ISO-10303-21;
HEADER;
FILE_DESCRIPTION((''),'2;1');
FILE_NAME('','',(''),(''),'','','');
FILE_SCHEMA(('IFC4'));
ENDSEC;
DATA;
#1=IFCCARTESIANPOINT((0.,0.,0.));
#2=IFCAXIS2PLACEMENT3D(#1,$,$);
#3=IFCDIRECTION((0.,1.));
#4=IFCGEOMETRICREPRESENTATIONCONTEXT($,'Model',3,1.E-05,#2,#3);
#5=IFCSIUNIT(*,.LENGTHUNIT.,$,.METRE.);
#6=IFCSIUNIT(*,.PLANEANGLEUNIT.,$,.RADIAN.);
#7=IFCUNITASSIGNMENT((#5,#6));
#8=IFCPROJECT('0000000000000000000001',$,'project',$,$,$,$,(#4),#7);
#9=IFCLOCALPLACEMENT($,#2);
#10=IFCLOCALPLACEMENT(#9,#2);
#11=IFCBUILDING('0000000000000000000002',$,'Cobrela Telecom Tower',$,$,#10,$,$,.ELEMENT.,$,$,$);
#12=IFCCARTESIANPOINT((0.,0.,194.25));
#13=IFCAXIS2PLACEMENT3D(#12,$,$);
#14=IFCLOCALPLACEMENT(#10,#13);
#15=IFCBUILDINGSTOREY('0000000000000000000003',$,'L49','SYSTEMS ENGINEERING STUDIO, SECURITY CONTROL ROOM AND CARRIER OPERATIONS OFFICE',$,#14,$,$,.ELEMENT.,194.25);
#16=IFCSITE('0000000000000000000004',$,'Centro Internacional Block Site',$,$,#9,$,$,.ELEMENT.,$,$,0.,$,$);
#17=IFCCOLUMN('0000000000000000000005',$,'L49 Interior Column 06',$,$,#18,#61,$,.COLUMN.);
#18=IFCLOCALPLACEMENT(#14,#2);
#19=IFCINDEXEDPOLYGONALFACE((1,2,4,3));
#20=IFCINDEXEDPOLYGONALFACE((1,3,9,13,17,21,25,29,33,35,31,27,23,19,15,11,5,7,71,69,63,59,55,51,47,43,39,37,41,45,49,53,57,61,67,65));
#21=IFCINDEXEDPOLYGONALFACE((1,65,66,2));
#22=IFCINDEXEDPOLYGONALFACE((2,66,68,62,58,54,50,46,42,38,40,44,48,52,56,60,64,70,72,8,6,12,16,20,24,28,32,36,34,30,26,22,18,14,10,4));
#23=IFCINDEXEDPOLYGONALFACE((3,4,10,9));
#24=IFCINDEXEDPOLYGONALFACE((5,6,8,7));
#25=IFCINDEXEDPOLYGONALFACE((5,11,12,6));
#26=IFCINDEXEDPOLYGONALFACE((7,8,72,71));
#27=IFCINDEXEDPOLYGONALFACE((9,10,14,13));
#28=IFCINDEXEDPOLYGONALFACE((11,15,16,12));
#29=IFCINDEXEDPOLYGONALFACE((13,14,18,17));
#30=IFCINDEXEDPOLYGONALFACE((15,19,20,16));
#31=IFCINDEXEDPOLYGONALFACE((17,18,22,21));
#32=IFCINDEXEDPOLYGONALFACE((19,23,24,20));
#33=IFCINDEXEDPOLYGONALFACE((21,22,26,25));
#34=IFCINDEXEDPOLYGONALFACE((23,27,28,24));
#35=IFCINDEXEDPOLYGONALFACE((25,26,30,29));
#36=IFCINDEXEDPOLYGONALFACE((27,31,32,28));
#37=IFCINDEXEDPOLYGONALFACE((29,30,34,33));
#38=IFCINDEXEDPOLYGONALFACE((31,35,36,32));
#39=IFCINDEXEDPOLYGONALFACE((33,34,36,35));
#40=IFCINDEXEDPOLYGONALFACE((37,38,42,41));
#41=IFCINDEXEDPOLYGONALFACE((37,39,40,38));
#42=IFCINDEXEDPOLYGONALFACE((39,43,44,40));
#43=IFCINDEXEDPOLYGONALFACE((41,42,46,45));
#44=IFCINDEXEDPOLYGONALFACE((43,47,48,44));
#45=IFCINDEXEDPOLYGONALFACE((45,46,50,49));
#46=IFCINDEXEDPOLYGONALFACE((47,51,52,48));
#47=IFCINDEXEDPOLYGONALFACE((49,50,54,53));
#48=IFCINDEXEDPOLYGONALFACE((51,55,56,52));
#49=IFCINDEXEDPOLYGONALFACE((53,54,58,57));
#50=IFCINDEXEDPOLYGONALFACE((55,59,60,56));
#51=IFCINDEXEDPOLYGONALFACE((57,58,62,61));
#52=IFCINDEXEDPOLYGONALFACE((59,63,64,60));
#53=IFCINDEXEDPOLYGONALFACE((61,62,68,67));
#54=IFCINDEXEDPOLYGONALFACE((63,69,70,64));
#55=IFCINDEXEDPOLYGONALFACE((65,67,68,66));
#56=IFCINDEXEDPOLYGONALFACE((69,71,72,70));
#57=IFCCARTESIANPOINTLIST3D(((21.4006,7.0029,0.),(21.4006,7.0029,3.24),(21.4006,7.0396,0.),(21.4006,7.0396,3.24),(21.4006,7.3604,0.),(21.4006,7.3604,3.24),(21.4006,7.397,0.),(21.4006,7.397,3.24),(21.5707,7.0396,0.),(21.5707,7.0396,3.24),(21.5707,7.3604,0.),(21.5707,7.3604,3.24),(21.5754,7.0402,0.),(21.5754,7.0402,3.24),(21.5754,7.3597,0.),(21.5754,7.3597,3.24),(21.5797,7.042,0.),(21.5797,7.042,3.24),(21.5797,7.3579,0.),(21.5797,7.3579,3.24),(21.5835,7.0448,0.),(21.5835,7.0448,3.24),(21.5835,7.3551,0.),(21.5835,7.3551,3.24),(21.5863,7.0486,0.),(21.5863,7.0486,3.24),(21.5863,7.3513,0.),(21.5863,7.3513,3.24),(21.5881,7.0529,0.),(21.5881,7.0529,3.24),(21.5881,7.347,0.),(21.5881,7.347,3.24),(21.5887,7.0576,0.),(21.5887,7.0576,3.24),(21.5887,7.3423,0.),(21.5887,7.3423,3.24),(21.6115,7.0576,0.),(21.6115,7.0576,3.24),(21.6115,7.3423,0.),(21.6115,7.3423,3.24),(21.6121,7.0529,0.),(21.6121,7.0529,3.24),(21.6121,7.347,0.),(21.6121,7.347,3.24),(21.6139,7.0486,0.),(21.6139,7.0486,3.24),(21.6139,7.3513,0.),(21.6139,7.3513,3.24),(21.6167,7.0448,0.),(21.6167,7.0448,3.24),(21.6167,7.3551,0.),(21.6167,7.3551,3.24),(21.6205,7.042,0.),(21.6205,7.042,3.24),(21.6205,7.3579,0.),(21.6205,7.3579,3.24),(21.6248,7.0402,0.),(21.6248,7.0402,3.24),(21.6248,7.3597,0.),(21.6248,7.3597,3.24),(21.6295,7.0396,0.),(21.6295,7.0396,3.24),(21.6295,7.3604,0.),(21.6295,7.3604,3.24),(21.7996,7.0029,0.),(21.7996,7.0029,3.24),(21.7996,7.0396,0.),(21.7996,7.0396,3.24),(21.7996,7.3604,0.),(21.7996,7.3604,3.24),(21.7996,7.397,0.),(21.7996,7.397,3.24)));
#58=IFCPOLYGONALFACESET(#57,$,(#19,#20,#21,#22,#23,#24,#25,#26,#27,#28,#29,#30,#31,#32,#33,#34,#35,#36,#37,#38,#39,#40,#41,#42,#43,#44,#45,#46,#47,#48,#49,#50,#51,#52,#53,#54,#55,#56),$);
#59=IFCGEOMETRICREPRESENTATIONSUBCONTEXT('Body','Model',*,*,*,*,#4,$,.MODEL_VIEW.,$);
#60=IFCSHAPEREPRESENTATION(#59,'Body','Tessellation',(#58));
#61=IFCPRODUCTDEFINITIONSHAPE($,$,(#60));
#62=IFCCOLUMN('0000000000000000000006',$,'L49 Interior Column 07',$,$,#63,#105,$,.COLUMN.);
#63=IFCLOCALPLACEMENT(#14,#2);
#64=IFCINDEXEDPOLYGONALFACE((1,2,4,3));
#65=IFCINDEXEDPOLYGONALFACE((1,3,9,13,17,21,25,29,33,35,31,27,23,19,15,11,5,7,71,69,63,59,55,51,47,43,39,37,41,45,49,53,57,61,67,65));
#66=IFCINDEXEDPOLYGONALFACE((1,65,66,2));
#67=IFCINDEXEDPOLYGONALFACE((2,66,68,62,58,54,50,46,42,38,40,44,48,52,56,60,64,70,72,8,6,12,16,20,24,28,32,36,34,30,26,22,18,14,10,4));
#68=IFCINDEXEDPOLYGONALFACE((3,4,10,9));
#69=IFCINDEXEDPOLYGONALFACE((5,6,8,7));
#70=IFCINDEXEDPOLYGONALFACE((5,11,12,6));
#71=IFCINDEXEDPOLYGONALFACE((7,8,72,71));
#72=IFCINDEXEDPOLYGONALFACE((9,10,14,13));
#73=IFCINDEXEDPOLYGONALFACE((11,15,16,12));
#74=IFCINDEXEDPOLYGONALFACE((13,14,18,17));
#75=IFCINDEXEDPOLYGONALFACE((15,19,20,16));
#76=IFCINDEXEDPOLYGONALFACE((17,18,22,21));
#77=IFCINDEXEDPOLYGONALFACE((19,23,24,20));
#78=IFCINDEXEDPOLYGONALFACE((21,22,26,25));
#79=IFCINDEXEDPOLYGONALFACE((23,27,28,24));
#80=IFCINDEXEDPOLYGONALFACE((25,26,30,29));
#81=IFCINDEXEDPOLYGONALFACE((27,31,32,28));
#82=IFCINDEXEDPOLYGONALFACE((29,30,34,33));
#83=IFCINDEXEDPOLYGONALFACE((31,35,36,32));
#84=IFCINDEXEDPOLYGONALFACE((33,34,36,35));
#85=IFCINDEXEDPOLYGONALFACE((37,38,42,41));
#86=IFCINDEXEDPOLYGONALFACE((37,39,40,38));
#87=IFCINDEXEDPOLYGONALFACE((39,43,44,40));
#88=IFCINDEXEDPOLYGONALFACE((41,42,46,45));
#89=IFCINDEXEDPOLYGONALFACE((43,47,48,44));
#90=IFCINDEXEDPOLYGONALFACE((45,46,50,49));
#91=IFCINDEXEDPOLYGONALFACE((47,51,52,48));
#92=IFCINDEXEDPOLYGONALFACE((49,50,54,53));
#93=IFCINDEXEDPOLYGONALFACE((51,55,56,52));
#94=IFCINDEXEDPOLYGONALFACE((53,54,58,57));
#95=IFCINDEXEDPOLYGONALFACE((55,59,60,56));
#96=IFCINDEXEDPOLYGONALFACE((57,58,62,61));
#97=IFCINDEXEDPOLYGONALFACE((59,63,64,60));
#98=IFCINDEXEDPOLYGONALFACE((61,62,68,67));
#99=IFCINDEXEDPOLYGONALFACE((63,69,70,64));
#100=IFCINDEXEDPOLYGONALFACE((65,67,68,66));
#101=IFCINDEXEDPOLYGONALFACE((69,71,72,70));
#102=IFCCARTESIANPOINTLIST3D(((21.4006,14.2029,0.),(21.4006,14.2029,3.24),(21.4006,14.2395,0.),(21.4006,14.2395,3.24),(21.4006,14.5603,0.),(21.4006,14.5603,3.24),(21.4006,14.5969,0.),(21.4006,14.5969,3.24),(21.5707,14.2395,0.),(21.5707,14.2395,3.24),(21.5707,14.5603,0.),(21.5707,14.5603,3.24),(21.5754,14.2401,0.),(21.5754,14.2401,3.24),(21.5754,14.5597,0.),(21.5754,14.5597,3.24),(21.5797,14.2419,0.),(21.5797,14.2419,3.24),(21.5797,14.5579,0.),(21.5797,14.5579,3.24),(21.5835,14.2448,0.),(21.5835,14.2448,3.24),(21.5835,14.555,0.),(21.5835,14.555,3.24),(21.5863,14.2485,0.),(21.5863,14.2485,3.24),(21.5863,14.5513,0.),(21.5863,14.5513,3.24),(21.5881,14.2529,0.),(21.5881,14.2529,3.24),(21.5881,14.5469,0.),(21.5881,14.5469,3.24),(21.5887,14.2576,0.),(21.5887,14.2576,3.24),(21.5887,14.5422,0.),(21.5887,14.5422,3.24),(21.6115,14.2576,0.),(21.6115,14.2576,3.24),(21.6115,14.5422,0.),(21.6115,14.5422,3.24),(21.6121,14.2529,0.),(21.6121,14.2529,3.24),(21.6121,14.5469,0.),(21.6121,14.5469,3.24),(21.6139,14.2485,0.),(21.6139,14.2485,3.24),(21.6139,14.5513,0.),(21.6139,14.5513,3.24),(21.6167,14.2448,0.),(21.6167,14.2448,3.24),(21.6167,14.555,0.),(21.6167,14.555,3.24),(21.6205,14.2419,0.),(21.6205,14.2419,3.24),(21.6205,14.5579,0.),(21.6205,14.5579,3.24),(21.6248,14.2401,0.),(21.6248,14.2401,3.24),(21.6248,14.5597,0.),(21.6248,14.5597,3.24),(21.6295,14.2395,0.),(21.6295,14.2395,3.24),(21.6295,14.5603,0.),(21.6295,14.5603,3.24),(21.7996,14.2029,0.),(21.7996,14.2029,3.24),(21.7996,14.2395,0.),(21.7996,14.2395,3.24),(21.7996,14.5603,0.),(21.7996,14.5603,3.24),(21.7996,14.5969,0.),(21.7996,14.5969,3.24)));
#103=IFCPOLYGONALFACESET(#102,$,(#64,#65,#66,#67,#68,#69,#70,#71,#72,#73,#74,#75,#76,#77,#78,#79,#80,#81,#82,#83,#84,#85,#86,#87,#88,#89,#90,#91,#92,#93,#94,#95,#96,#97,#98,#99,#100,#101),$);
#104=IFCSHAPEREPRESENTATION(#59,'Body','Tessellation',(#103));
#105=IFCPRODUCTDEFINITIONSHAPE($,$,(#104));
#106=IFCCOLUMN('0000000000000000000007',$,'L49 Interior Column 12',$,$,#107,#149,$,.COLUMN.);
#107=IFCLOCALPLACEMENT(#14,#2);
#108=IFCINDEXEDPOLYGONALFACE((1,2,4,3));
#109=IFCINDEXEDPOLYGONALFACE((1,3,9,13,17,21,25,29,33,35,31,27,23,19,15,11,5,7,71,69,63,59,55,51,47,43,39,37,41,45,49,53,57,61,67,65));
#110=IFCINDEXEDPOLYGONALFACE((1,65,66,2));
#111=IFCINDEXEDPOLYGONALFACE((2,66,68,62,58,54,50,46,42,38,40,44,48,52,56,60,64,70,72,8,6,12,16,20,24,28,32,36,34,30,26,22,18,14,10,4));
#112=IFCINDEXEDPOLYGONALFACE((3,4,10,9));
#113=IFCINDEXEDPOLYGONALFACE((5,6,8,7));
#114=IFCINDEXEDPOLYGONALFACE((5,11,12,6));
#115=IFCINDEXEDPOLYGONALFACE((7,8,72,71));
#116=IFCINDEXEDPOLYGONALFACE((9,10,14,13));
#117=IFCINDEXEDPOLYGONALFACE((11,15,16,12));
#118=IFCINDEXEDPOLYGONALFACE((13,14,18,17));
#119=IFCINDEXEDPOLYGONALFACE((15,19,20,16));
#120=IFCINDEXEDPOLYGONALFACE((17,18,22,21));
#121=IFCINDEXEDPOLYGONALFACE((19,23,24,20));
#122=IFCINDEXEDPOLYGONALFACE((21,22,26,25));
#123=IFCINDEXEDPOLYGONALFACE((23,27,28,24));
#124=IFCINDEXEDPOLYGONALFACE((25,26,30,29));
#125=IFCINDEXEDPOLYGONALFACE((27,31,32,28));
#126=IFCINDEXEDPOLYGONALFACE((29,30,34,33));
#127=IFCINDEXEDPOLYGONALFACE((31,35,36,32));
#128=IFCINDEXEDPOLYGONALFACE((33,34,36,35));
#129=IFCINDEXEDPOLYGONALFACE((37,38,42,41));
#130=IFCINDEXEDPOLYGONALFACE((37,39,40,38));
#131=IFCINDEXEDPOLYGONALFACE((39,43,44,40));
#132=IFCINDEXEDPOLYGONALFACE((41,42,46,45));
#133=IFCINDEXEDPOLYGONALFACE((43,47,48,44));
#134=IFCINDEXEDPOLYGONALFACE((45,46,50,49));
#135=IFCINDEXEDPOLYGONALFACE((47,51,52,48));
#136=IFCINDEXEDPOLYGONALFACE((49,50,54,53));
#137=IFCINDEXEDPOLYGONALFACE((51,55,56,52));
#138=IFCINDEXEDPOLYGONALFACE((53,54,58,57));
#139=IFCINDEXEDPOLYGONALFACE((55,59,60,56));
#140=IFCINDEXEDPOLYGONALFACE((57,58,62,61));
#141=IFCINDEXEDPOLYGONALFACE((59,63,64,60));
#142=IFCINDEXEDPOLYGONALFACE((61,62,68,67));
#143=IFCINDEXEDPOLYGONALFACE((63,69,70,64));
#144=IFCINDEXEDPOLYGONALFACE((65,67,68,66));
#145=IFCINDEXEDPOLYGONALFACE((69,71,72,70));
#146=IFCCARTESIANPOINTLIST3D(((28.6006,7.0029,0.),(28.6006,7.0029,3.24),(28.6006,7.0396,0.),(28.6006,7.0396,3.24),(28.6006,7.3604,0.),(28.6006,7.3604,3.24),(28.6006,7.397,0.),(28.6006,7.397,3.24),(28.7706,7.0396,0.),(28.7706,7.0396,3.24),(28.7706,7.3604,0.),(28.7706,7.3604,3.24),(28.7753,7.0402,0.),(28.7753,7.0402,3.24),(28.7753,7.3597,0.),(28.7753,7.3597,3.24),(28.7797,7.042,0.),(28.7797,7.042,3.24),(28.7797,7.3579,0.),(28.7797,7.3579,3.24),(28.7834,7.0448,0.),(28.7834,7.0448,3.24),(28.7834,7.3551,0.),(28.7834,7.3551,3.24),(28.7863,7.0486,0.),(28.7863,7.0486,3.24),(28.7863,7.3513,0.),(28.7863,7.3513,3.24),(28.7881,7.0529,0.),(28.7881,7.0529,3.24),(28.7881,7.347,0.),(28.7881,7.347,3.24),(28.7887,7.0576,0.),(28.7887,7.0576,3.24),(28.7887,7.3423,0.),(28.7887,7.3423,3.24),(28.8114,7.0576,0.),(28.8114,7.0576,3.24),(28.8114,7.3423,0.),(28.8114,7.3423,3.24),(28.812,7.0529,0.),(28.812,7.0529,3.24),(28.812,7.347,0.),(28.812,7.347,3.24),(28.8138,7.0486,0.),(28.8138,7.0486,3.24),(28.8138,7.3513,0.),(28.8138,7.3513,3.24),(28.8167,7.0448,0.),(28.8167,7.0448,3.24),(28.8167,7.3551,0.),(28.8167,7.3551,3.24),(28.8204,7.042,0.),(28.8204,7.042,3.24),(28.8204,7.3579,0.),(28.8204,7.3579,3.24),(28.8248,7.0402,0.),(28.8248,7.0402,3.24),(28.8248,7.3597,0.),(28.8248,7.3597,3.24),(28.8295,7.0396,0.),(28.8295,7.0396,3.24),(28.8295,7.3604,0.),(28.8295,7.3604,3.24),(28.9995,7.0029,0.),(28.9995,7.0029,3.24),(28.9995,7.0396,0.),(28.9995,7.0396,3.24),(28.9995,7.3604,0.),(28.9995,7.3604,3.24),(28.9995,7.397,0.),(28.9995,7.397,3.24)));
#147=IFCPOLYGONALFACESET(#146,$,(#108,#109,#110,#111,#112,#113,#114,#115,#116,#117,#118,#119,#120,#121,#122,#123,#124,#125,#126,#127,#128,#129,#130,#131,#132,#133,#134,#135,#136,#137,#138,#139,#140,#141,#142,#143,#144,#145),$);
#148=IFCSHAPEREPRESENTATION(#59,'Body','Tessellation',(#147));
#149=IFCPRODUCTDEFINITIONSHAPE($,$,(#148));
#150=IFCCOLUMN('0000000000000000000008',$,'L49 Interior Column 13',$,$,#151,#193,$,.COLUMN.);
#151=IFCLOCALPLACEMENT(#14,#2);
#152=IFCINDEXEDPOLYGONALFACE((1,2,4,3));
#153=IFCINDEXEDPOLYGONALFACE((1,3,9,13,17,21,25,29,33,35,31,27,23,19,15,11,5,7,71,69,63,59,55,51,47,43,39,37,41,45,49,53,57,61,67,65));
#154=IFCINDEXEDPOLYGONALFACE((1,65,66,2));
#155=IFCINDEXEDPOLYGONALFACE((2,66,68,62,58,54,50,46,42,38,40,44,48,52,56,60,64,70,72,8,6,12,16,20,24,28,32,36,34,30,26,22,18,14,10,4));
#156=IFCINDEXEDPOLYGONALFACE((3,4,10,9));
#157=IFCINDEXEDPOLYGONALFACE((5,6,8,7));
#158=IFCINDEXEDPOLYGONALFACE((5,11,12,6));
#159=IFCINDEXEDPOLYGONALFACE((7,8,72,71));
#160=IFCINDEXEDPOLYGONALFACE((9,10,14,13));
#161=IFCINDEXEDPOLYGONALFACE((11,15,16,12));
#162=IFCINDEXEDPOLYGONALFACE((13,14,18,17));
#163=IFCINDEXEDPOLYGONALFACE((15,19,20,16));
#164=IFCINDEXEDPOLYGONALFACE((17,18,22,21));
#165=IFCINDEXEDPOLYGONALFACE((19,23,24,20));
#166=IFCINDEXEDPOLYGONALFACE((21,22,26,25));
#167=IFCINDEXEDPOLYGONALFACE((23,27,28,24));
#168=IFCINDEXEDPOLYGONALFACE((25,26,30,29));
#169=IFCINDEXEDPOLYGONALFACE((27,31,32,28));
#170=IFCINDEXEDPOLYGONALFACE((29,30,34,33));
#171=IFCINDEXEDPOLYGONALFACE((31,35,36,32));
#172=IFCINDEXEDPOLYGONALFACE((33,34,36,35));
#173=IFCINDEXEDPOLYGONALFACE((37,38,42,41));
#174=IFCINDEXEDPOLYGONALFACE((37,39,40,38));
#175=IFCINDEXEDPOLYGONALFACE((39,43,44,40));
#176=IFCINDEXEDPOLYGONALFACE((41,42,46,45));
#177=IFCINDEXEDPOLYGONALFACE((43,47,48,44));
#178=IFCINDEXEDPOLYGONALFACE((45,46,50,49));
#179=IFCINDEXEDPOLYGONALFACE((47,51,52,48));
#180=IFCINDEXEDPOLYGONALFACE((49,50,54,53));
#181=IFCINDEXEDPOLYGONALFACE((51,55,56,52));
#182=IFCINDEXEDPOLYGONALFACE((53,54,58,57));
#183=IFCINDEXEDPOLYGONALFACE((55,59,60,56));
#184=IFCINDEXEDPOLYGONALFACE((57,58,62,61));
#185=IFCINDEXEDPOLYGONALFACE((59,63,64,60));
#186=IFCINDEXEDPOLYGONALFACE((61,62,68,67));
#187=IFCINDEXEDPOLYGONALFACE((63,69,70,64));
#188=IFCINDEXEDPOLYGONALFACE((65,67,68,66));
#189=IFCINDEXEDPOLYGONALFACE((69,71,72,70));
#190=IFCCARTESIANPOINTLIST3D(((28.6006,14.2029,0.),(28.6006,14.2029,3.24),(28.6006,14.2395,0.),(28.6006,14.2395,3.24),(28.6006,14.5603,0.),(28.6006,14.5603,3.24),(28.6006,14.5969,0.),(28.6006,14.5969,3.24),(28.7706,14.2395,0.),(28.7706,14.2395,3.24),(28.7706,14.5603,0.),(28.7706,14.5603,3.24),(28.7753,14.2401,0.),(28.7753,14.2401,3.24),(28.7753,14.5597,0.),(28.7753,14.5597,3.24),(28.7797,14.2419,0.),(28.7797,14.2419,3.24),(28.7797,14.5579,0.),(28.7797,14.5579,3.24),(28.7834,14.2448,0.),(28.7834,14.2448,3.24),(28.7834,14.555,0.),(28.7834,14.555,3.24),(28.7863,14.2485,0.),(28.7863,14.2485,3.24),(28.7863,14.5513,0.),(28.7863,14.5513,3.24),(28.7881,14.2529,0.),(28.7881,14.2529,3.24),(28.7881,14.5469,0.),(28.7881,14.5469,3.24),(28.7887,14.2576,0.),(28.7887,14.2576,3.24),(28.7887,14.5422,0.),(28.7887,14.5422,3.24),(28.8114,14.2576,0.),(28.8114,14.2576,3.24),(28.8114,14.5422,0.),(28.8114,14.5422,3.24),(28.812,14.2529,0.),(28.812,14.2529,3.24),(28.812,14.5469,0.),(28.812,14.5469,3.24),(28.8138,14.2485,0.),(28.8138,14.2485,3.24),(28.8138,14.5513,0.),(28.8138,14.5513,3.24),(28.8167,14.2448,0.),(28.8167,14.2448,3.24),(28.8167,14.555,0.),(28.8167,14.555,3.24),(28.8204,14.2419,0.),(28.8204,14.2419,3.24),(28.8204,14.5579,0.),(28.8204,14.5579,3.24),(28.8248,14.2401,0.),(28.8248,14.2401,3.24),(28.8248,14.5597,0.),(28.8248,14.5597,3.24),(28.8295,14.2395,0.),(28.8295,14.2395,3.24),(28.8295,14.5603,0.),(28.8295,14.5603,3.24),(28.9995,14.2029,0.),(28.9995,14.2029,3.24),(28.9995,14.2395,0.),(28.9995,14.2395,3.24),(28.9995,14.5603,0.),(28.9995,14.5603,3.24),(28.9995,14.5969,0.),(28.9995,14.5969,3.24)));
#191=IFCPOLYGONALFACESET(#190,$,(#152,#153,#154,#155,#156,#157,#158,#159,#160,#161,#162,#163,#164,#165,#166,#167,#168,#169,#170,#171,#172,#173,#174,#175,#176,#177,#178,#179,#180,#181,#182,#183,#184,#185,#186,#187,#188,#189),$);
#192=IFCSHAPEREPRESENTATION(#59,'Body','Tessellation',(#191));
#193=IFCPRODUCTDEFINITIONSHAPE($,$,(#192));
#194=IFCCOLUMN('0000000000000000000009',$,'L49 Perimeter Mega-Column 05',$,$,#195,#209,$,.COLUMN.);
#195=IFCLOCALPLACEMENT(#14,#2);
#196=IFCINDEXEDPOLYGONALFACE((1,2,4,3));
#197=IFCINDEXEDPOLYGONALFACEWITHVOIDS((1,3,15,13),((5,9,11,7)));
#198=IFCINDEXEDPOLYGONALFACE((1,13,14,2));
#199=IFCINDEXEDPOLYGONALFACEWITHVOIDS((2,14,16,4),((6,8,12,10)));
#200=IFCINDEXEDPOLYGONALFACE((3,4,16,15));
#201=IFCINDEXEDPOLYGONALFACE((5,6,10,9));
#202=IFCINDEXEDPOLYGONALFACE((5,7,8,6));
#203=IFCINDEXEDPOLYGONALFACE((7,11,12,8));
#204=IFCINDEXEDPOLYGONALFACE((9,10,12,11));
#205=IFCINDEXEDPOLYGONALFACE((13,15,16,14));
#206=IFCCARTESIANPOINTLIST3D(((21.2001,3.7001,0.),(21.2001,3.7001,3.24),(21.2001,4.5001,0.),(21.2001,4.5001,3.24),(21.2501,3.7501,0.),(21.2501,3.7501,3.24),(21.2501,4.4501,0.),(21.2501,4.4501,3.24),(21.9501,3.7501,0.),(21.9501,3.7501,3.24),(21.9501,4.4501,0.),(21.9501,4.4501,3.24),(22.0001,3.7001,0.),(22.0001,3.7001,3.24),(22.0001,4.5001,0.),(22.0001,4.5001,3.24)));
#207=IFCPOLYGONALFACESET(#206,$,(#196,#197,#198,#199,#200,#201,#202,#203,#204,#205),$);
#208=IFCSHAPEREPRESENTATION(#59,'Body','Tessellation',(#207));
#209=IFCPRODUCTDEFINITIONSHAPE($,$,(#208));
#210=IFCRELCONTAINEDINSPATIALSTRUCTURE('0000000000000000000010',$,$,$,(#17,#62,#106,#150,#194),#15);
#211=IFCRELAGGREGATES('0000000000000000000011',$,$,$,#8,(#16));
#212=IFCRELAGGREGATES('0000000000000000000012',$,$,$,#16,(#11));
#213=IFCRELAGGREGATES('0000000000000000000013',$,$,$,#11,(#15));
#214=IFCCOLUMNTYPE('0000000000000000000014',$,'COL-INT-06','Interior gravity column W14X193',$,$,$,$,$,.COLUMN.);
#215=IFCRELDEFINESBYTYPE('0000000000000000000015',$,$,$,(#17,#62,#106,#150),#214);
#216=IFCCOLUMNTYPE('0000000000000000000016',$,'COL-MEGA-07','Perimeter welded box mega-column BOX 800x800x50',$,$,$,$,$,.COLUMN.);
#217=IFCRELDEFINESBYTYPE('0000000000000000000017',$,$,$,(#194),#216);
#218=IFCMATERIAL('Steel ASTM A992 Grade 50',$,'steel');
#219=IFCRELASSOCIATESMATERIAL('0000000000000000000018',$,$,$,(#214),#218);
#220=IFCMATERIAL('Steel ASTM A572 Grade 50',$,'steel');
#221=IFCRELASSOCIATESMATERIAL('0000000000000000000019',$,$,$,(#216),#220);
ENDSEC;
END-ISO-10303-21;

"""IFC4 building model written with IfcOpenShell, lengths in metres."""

from ifc_helpers import new_model, si_unit, direction, frame, origin, origin_2d, place, context, subcontext, project, spatial, hollow_rectangle, i_section, extrude, material, material_profile, profile_set, type_object, element, save


model = new_model("IFC4")

# Units and contexts
model_context = context("Model", 3, precision=1e-05, world=origin(), true_north=direction((0.0, 1.0)))
body_context = subcontext(model_context, "Body", "Model", "MODEL_VIEW")
ifc_project = project(units=[si_unit("LENGTHUNIT", "METRE"), si_unit("PLANEANGLEUNIT", "RADIAN")], contexts=[model_context])

# Site, building, storey
site_placement = place(None, origin())
site = spatial("IfcSite", under=ifc_project, at=site_placement, Name="Centro Internacional Block Site", CompositionType="ELEMENT", RefElevation=0.0)
building_placement = place(site_placement, origin())
building = spatial("IfcBuilding", under=site, at=building_placement, Name="Cobrela Telecom Tower", CompositionType="ELEMENT")
storey_placement = place(building_placement, frame((0.0, 0.0, 194.25)))
storey = spatial("IfcBuildingStorey", under=building, at=storey_placement, Name="L49", Description="SYSTEMS ENGINEERING STUDIO, SECURITY CONTROL ROOM AND CARRIER OPERATIONS OFFICE", CompositionType="ELEMENT", Elevation=194.25)

# Columns
ifc_material_1 = material(Name="Steel ASTM A992 Grade 50", Category="steel")
ifc_material_profile_1 = material_profile(ifc_material_1, i_section(OverallWidth=0.3989, OverallDepth=0.394, WebThickness=0.0227, FlangeThickness=0.0366, FilletRadius=0.0181, at=origin_2d()), Name="W14X193")
ifc_profile_set_1 = profile_set([ifc_material_profile_1], Name="Steel ASTM A992 Grade 50")
column_type_1 = type_object("IfcColumnType", Name="COL-INT-06", Description="Interior gravity column W14X193", PredefinedType="COLUMN", material=ifc_profile_set_1)
for number, where, z_axis, x_axis, name in (
    (1, (21.6001, 7.2, 0.0), (0.0, 0.0, 1.0), (1.0, 0.0, 0.0), "L49 Interior Column 06"),
    (2, (21.6001, 14.3999, 0.0), (0.0, 0.0, 1.0), (1.0, 0.0, 0.0), "L49 Interior Column 07"),
    (3, (28.8, 7.2, 0.0), (0.0, 0.0, 1.0), (1.0, 0.0, 0.0), "L49 Interior Column 12"),
    (4, (28.8, 14.3999, 0.0), (0.0, 0.0, 1.0), (1.0, 0.0, 0.0), "L49 Interior Column 13"),
):
    element("IfcColumn", number, at=place(storey_placement, frame(where, z_axis=z_axis, x_axis=x_axis)), inside=storey, type_object=column_type_1, Name=name, PredefinedType="COLUMN", context=body_context, shape_type="SweptSolid", body=[
        extrude(i_section(OverallWidth=0.3989, OverallDepth=0.394, WebThickness=0.0227, FlangeThickness=0.0366, FilletRadius=0.0181, at=origin_2d()), origin(), (0.0, 0.0, 1.0), 3.24),
    ])
ifc_material_2 = material(Name="Steel ASTM A572 Grade 50", Category="steel")
ifc_material_profile_2 = material_profile(ifc_material_2, hollow_rectangle(XDim=0.8, YDim=0.8, WallThickness=0.05, at=origin_2d()), Name="BOX 800x800x50")
ifc_profile_set_2 = profile_set([ifc_material_profile_2], Name="Steel ASTM A572 Grade 50")
column_type_2 = type_object("IfcColumnType", Name="COL-MEGA-07", Description="Perimeter welded box mega-column BOX 800x800x50", PredefinedType="COLUMN", material=ifc_profile_set_2)
for number, where, z_axis, x_axis, name in (
    (5, (21.6001, 4.1001, 0.0), (0.0, 0.0, 1.0), (1.0, 0.0, 0.0), "L49 Perimeter Mega-Column 05"),
):
    element("IfcColumn", number, at=place(storey_placement, frame(where, z_axis=z_axis, x_axis=x_axis)), inside=storey, type_object=column_type_2, Name=name, PredefinedType="COLUMN", context=body_context, shape_type="SweptSolid", body=[
        extrude(hollow_rectangle(XDim=0.8, YDim=0.8, WallThickness=0.05, at=origin_2d()), origin(), (0.0, 0.0, 1.0), 3.24),
    ])

save(model, "model.ifc")
